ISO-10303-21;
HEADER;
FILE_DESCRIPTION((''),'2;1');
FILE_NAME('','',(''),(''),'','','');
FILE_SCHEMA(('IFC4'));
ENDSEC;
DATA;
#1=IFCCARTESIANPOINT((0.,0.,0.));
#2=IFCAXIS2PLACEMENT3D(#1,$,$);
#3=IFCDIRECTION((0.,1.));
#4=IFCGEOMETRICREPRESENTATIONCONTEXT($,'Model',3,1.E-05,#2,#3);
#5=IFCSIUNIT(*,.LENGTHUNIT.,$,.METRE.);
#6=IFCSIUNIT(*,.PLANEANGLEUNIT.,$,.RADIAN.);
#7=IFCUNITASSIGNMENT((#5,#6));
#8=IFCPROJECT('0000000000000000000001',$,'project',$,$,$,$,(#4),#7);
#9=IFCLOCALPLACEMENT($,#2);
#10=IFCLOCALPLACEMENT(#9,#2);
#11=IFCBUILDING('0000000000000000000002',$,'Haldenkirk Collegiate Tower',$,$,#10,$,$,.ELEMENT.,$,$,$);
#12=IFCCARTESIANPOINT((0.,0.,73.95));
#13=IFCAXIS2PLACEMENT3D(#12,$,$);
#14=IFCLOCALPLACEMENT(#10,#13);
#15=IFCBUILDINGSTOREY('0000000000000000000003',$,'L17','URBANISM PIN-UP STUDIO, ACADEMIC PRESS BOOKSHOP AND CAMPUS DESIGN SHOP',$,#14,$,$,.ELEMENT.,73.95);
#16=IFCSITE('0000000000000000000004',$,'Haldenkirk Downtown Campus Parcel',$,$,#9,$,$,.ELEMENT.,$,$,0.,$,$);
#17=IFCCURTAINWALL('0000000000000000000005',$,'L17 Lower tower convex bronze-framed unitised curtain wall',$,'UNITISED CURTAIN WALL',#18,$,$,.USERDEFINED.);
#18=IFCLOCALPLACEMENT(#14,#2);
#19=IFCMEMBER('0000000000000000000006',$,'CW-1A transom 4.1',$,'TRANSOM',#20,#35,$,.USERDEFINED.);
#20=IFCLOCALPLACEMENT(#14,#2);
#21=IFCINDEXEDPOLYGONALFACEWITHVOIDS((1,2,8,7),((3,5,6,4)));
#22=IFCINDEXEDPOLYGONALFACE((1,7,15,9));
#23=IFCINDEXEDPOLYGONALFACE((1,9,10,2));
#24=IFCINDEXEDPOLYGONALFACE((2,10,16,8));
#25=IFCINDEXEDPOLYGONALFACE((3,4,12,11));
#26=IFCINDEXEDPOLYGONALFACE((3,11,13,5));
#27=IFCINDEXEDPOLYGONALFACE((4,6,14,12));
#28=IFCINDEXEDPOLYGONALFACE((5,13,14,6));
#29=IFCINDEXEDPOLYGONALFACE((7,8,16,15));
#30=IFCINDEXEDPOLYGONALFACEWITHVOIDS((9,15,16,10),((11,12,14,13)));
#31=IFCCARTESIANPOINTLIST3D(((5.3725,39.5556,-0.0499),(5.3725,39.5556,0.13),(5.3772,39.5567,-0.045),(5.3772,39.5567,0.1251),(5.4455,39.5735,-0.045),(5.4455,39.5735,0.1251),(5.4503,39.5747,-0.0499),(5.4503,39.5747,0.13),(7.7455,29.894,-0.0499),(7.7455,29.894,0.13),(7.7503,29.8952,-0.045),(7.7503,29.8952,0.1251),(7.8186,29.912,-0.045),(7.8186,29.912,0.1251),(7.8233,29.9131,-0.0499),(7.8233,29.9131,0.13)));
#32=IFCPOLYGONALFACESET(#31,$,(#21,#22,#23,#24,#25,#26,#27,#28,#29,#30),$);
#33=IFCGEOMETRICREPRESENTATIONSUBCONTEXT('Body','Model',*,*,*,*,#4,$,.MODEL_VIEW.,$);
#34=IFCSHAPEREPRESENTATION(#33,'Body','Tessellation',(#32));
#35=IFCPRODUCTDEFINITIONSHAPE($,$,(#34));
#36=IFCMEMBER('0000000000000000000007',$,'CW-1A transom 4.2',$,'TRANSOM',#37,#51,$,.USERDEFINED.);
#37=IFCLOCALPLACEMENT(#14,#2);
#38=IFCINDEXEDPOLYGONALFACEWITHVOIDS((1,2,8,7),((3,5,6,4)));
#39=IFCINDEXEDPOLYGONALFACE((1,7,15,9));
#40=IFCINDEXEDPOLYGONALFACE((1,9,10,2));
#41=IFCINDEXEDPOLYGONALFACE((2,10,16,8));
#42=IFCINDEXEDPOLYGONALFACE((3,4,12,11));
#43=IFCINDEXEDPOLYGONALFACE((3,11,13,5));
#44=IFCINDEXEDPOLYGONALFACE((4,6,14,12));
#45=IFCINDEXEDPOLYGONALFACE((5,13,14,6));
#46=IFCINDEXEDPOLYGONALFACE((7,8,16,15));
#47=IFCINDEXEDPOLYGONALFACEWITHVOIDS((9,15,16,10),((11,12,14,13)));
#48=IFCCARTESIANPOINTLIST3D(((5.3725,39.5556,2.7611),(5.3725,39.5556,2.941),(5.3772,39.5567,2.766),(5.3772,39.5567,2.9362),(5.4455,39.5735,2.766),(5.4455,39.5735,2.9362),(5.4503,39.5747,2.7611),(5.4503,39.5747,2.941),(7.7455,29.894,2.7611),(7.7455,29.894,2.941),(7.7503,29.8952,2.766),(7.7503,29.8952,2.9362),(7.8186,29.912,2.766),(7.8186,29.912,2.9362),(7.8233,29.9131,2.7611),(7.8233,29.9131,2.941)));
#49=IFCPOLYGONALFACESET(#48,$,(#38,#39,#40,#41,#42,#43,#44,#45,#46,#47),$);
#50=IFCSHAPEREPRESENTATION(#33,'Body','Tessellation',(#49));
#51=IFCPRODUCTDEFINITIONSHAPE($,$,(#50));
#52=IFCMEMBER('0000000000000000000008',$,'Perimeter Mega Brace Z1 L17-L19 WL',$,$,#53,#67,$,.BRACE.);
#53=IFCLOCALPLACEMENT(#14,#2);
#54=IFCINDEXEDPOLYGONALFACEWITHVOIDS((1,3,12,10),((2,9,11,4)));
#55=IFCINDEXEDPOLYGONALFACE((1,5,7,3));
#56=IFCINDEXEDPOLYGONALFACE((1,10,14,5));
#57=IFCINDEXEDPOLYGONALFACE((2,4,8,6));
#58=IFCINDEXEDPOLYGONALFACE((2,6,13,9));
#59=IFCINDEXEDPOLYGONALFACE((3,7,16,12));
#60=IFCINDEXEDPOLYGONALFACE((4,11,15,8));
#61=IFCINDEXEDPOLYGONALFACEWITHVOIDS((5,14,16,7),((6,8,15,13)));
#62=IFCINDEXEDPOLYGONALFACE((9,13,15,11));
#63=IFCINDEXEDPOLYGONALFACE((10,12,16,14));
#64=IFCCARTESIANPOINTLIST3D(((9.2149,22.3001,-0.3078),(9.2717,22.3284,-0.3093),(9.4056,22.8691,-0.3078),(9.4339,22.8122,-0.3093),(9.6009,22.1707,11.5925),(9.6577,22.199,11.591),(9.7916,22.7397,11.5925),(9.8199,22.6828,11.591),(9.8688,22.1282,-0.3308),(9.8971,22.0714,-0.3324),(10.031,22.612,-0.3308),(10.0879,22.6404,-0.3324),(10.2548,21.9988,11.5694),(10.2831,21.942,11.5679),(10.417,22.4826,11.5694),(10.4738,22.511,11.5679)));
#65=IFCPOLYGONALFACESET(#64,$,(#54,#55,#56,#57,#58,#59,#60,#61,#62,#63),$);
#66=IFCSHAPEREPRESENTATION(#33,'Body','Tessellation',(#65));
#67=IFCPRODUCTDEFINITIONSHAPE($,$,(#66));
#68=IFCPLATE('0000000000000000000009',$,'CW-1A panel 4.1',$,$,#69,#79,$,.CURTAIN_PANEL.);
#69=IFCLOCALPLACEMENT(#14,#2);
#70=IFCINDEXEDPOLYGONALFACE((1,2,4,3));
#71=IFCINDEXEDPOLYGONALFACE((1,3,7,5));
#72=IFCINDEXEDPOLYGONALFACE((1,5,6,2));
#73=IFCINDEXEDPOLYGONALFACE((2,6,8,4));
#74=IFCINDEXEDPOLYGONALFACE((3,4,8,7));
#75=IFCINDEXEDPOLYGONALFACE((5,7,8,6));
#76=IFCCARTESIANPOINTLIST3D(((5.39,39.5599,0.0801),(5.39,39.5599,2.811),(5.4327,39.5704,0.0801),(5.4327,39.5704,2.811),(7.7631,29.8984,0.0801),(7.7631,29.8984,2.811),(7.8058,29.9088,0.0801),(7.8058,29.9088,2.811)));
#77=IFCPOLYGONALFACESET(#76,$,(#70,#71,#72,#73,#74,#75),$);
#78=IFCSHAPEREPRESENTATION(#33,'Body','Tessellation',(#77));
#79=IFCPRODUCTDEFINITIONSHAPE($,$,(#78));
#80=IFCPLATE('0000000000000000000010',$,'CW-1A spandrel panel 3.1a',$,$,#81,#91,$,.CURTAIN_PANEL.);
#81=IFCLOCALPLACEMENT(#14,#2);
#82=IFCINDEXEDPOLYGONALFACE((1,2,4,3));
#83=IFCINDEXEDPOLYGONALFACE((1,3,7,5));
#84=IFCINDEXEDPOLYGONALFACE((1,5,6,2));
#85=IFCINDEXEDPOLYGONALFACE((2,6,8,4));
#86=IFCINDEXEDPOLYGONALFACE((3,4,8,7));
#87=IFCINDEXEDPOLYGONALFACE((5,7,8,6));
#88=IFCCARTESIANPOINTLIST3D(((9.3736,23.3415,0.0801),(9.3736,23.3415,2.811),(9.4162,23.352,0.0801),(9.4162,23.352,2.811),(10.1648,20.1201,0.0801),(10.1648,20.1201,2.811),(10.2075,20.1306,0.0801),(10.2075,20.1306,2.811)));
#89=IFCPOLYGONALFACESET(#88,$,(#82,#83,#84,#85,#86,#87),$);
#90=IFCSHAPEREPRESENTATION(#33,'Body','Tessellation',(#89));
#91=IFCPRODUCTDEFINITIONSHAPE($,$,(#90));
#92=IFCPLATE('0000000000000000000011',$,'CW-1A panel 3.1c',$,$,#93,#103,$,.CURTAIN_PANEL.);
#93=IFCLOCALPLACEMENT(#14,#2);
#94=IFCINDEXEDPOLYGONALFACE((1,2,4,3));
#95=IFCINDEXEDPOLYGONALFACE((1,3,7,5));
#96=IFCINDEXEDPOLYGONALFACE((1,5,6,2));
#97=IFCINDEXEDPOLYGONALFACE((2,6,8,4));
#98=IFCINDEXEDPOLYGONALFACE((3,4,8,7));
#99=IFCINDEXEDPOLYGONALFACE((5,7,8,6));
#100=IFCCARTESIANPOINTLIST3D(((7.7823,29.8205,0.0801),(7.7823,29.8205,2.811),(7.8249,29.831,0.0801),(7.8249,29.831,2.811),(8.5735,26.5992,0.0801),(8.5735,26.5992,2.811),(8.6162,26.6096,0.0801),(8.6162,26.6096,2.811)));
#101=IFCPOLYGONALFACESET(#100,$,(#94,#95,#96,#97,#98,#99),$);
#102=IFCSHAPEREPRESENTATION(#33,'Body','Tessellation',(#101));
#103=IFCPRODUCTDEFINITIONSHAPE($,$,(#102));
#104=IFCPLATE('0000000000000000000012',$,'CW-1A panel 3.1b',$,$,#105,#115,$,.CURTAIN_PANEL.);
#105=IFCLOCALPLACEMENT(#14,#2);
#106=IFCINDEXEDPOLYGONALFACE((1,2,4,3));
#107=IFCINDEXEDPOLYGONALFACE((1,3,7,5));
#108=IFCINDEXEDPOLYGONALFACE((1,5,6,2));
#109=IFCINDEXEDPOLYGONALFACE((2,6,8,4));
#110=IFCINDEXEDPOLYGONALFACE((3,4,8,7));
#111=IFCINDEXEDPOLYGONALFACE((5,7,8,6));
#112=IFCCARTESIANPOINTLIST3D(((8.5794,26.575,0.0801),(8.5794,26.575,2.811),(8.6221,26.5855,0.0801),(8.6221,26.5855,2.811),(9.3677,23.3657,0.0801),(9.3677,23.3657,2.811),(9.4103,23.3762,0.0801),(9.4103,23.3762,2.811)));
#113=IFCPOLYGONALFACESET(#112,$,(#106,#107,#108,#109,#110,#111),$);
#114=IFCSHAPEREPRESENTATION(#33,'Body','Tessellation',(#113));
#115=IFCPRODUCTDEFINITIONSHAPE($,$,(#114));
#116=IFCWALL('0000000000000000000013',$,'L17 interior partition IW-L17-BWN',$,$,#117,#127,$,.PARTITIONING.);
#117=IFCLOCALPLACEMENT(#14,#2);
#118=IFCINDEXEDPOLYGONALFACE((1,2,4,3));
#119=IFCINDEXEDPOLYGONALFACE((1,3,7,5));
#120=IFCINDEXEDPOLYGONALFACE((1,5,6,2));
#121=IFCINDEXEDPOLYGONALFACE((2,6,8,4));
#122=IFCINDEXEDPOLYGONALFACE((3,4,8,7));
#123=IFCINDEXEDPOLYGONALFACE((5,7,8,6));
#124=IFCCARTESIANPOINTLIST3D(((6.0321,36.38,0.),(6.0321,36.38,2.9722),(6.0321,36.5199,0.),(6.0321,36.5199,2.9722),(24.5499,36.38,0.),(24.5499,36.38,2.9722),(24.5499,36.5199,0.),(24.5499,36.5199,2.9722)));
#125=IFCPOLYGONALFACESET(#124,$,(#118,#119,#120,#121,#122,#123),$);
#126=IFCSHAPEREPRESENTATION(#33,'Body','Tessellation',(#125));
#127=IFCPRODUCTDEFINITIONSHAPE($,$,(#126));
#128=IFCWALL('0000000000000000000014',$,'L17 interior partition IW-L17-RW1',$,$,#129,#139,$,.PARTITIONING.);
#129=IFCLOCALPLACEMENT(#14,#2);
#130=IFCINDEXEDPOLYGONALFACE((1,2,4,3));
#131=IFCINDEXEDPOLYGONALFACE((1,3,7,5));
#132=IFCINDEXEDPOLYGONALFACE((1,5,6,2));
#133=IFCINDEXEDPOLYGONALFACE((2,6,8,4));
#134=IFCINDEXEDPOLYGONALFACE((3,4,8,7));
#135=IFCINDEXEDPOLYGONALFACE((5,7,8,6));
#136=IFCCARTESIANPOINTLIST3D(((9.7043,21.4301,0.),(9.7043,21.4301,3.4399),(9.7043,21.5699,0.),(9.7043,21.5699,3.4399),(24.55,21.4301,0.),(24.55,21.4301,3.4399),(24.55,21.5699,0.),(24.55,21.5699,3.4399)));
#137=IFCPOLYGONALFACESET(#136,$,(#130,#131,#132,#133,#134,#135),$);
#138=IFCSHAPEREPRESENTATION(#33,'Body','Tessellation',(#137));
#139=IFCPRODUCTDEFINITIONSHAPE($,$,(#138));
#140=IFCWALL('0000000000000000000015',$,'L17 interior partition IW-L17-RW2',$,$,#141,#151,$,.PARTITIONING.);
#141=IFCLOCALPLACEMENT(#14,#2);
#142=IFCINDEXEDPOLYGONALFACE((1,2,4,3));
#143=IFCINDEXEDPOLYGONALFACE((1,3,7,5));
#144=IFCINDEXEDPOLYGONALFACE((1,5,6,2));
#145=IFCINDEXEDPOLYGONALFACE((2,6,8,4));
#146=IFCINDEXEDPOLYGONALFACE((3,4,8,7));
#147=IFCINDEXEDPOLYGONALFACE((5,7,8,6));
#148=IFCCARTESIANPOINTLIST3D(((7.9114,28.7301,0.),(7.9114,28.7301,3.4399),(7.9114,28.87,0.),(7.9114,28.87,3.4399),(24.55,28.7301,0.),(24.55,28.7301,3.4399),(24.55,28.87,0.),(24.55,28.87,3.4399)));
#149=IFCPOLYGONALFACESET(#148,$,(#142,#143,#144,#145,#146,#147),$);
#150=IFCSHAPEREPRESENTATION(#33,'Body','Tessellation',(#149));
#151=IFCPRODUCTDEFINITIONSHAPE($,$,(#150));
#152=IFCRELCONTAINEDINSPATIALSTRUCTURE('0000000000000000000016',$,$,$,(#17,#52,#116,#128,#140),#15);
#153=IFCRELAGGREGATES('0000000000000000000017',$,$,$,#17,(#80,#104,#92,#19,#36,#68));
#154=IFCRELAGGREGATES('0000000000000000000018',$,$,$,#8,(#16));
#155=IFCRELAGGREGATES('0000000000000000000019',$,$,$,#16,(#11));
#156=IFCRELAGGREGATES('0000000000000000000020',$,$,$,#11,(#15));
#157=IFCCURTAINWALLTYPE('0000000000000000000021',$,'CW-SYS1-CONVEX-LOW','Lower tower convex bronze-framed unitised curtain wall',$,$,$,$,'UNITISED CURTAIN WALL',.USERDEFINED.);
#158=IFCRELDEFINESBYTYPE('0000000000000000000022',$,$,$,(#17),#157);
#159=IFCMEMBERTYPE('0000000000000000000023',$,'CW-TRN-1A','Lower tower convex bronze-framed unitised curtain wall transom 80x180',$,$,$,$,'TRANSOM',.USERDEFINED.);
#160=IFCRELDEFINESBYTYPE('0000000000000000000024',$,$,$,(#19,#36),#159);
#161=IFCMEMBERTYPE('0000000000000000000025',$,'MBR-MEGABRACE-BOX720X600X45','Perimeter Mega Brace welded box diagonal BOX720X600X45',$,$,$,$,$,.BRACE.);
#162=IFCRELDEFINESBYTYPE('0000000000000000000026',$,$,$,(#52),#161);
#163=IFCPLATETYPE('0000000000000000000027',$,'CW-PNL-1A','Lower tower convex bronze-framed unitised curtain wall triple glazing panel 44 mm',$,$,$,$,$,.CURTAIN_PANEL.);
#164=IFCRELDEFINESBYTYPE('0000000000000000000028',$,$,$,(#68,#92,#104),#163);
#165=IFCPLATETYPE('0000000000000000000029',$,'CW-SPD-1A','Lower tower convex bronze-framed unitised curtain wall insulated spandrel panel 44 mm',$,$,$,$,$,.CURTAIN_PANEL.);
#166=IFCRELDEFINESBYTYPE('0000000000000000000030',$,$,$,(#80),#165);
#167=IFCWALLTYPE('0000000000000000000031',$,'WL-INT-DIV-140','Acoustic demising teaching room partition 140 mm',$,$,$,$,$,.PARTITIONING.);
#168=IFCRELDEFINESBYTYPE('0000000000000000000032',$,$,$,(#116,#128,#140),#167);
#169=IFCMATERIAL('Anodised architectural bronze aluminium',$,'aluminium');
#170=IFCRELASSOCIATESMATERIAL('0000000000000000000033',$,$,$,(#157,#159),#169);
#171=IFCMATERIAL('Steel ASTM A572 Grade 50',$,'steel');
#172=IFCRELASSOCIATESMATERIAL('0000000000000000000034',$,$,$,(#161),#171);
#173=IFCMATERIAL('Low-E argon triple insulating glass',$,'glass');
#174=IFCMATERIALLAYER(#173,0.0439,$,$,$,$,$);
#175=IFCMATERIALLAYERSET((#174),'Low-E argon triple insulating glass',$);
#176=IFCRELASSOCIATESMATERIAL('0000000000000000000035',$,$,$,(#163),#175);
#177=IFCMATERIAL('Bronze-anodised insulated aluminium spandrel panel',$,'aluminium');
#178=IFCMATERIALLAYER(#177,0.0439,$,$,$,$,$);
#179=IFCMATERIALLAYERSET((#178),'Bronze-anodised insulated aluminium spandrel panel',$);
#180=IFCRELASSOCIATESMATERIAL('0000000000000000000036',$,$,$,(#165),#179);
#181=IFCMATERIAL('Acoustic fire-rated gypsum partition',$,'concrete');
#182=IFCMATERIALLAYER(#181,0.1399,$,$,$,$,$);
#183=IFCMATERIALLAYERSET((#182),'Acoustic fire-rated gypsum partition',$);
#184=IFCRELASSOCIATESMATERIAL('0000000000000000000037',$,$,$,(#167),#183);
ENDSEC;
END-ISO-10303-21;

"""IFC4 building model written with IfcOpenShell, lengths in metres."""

from ifc_helpers import new_model, si_unit, direction, frame, frame_2d, origin, origin_2d, place, context, subcontext, project, spatial, rectangle, hollow_rectangle, extrude, source, transform, mapped, material, layer, layer_set, material_profile, profile_set, type_object, element, aggregate, save


model = new_model("IFC4")

# Units and contexts
model_context = context("Model", 3, precision=1e-05, world=origin(), true_north=direction((0.0, 1.0)))
body_context = subcontext(model_context, "Body", "Model", "MODEL_VIEW")
ifc_project = project(units=[si_unit("LENGTHUNIT", "METRE"), si_unit("PLANEANGLEUNIT", "RADIAN")], contexts=[model_context])

# Site, building, storey
site_placement = place(None, origin())
site = spatial("IfcSite", under=ifc_project, at=site_placement, Name="Haldenkirk Downtown Campus Parcel", CompositionType="ELEMENT", RefElevation=0.0)
building_placement = place(site_placement, origin())
building = spatial("IfcBuilding", under=site, at=building_placement, Name="Haldenkirk Collegiate Tower", CompositionType="ELEMENT")
storey_placement = place(building_placement, frame((0.0, 0.0, 73.95)))
storey = spatial("IfcBuildingStorey", under=building, at=storey_placement, Name="L17", Description="URBANISM PIN-UP STUDIO, ACADEMIC PRESS BOOKSHOP AND CAMPUS DESIGN SHOP", CompositionType="ELEMENT", Elevation=73.95)

# Curtain wall, members
ifc_material_1 = material(Name="Anodised architectural bronze aluminium", Category="aluminium")
curtain_wall_type = type_object("IfcCurtainWallType", Name="CW-SYS1-CONVEX-LOW", Description="Lower tower convex bronze-framed unitised curtain wall", ElementType="UNITISED CURTAIN WALL", PredefinedType="USERDEFINED", material=ifc_material_1)
curtain_wall_placement = place(storey_placement, origin())
curtain_wall = element("IfcCurtainWall", 1, at=curtain_wall_placement, inside=storey, type_object=curtain_wall_type, Name="L17 Lower tower convex bronze-framed unitised curtain wall", ObjectType="UNITISED CURTAIN WALL", PredefinedType="USERDEFINED")
ifc_material_profile_1 = material_profile(ifc_material_1, hollow_rectangle(XDim=0.0801, YDim=0.1799, WallThickness=0.0049, at=origin_2d()), Name="CW-TRN-1A")
ifc_profile_set_1 = profile_set([ifc_material_profile_1], Name="Anodised architectural bronze aluminium")
member_type_1 = type_object("IfcMemberType", Name="CW-TRN-1A", Description="Lower tower convex bronze-framed unitised curtain wall transom 80x180", ElementType="TRANSOM", PredefinedType="USERDEFINED", material=ifc_profile_set_1)
member_1_placement = place(storey_placement, frame((7.7844, 29.9036, 0.04), z_axis=(-0.238526, 0.971136, 0.0), x_axis=(-0.971136, -0.238526, 0.0)))
member_1 = element("IfcMember", 2, at=member_1_placement, type_object=member_type_1, Name="CW-1A transom 4.1", ObjectType="TRANSOM", PredefinedType="USERDEFINED", context=body_context, shape_type="SweptSolid", body=[
    extrude(hollow_rectangle(XDim=0.0801, YDim=0.1799, WallThickness=0.0049, at=origin_2d()), origin(), (0.0, 0.0, 1.0), 9.9487),
])
member_2_placement = place(storey_placement, frame((7.7844, 29.9036, 2.8511), z_axis=(-0.238526, 0.971136, 0.0), x_axis=(-0.971136, -0.238526, 0.0)))
member_2 = element("IfcMember", 3, at=member_2_placement, type_object=member_type_1, Name="CW-1A transom 4.2", ObjectType="TRANSOM", PredefinedType="USERDEFINED", context=body_context, shape_type="SweptSolid", body=[
    extrude(hollow_rectangle(XDim=0.0801, YDim=0.1799, WallThickness=0.0049, at=origin_2d()), origin(), (0.0, 0.0, 1.0), 9.9487),
])

# Member
ifc_material_2 = material(Name="Steel ASTM A572 Grade 50", Category="steel")
ifc_material_profile_2 = material_profile(ifc_material_2, hollow_rectangle(XDim=0.6001, YDim=0.72, WallThickness=0.0449, at=origin_2d()), Name="BOX720X600X45")
ifc_profile_set_2 = profile_set([ifc_material_profile_2], Name="Steel ASTM A572 Grade 50")
member_type_2 = type_object("IfcMemberType", Name="MBR-MEGABRACE-BOX720X600X45", Description="Perimeter Mega Brace welded box diagonal BOX720X600X45", PredefinedType="BRACE", material=ifc_profile_set_2)
member_3_placement = place(storey_placement, frame((9.6514, 22.4702, -0.3201), z_axis=(0.032416, -0.010867, 0.999415), x_axis=(0.317847, 0.948142, 0.0)))
element("IfcMember", 4, at=member_3_placement, inside=storey, type_object=member_type_2, Name="Perimeter Mega Brace Z1 L17-L19 WL", PredefinedType="BRACE", context=body_context, shape_type="SweptSolid", body=[
    extrude(hollow_rectangle(XDim=0.6001, YDim=0.72, WallThickness=0.0449, at=origin_2d()), origin(), (0.0, 0.0, 1.0), 11.9072),
])

# Plates
ifc_material_3 = material(Name="Low-E argon triple insulating glass", Category="glass")
ifc_layer_1 = layer(ifc_material_3, 0.0439)
ifc_layer_set_1 = layer_set([ifc_layer_1], Name="Low-E argon triple insulating glass")
plate_type_1 = type_object("IfcPlateType", Name="CW-PNL-1A", Description="Lower tower convex bronze-framed unitised curtain wall triple glazing panel 44 mm", PredefinedType="CURTAIN_PANEL", material=ifc_layer_set_1)
shared_shape_1 = source(origin(), body_context, "Body", "SweptSolid", [
    extrude(rectangle(XDim=9.9487, YDim=0.0439, at=origin_2d()), origin(), (0.0, 0.0, 1.0), 2.731),
])
plate_1_placement = place(storey_placement, frame((6.5979, 34.7344, 0.0801), z_axis=(0.0, 0.0, 1.0), x_axis=(-0.238532, 0.971135, 0.0)))
plate_1 = element("IfcPlate", 5, at=plate_1_placement, type_object=plate_type_1, Name="CW-1A panel 4.1", PredefinedType="CURTAIN_PANEL", context=body_context, shape_type="MappedRepresentation", body=[
    mapped(shared_shape_1, transform((0.0, 0.0, 0.0), x_axis=(1.0, 0.0, 0.0), y_axis=(0.0, 1.0, 0.0), z_axis=(0.0, 0.0, 1.0), scale=1.0)),
])
ifc_material_4 = material(Name="Bronze-anodised insulated aluminium spandrel panel", Category="aluminium")
ifc_layer_2 = layer(ifc_material_4, 0.0439)
ifc_layer_set_2 = layer_set([ifc_layer_2], Name="Bronze-anodised insulated aluminium spandrel panel")
plate_type_2 = type_object("IfcPlateType", Name="CW-SPD-1A", Description="Lower tower convex bronze-framed unitised curtain wall insulated spandrel panel 44 mm", PredefinedType="CURTAIN_PANEL", material=ifc_layer_set_2)
shared_shape_2 = source(origin(), body_context, "Body", "SweptSolid", [
    extrude(rectangle(XDim=3.3171, YDim=0.0439, at=origin_2d()), origin(), (0.0, 0.0, 1.0), 2.731),
])
plate_2_placement = place(storey_placement, frame((9.7905, 21.7361, 0.0801), z_axis=(0.0, 0.0, 1.0), x_axis=(-0.238532, 0.971135, 0.0)))
plate_2 = element("IfcPlate", 6, at=plate_2_placement, type_object=plate_type_2, Name="CW-1A spandrel panel 3.1a", PredefinedType="CURTAIN_PANEL", context=body_context, shape_type="MappedRepresentation", body=[
    mapped(shared_shape_2, transform((0.0, 0.0, 0.0), x_axis=(1.0, 0.0, 0.0), y_axis=(0.0, 1.0, 0.0), z_axis=(0.0, 0.0, 1.0), scale=1.0)),
])
plate_3_placement = place(storey_placement, frame((8.1992, 28.2151, 0.0801), z_axis=(0.0, 0.0, 1.0), x_axis=(-0.238532, 0.971135, 0.0)))
plate_3 = element("IfcPlate", 7, at=plate_3_placement, type_object=plate_type_1, Name="CW-1A panel 3.1c", PredefinedType="CURTAIN_PANEL", context=body_context, shape_type="MappedRepresentation", body=[
    mapped(shared_shape_2, transform((0.0, 0.0, 0.0), x_axis=(1.0, 0.0, 0.0), y_axis=(0.0, 1.0, 0.0), z_axis=(0.0, 0.0, 1.0), scale=1.0)),
])
shared_shape_3 = source(origin(), body_context, "Body", "SweptSolid", [
    extrude(rectangle(XDim=3.3047, YDim=0.0439, at=origin_2d()), origin(), (0.0, 0.0, 1.0), 2.731),
])
plate_4_placement = place(storey_placement, frame((8.9949, 24.9756, 0.0801), z_axis=(0.0, 0.0, 1.0), x_axis=(-0.238532, 0.971135, 0.0)))
plate_4 = element("IfcPlate", 8, at=plate_4_placement, type_object=plate_type_1, Name="CW-1A panel 3.1b", PredefinedType="CURTAIN_PANEL", context=body_context, shape_type="MappedRepresentation", body=[
    mapped(shared_shape_3, transform((0.0, 0.0, 0.0), x_axis=(1.0, 0.0, 0.0), y_axis=(0.0, 1.0, 0.0), z_axis=(0.0, 0.0, 1.0), scale=1.0)),
])
aggregate(curtain_wall, [plate_2, plate_4, plate_3, member_1, member_2, plate_1])

# Walls
ifc_material_5 = material(Name="Acoustic fire-rated gypsum partition", Category="concrete")
ifc_layer_3 = layer(ifc_material_5, 0.1399)
ifc_layer_set_3 = layer_set([ifc_layer_3], Name="Acoustic fire-rated gypsum partition")
wall_type = type_object("IfcWallType", Name="WL-INT-DIV-140", Description="Acoustic demising teaching room partition 140 mm", PredefinedType="PARTITIONING", material=ifc_layer_set_3)
wall_1_placement = place(storey_placement, frame((6.0322, 36.45, 0.0), z_axis=(0.0, 0.0, 1.0), x_axis=(1.0, 0.0, 0.0)))
element("IfcWall", 9, at=wall_1_placement, inside=storey, type_object=wall_type, Name="L17 interior partition IW-L17-BWN", PredefinedType="PARTITIONING", context=body_context, shape_type="SweptSolid", body=[
    extrude(rectangle(XDim=18.5178, YDim=0.1399, at=frame_2d((9.2588, 0.0))), origin(), (0.0, 0.0, 1.0), 2.9722),
])
wall_2_placement = place(storey_placement, frame((9.7043, 21.5, 0.0), z_axis=(0.0, 0.0, 1.0), x_axis=(1.0, 0.0, 0.0)))
element("IfcWall", 10, at=wall_2_placement, inside=storey, type_object=wall_type, Name="L17 interior partition IW-L17-RW1", PredefinedType="PARTITIONING", context=body_context, shape_type="SweptSolid", body=[
    extrude(rectangle(XDim=14.8457, YDim=0.1399, at=frame_2d((7.4229, 0.0))), origin(), (0.0, 0.0, 1.0), 3.4399),
])
wall_3_placement = place(storey_placement, frame((7.9114, 28.8, 0.0), z_axis=(0.0, 0.0, 1.0), x_axis=(1.0, 0.0, 0.0)))
element("IfcWall", 11, at=wall_3_placement, inside=storey, type_object=wall_type, Name="L17 interior partition IW-L17-RW2", PredefinedType="PARTITIONING", context=body_context, shape_type="SweptSolid", body=[
    extrude(rectangle(XDim=16.6387, YDim=0.1399, at=frame_2d((8.3193, 0.0))), origin(), (0.0, 0.0, 1.0), 3.4399),
])

save(model, "model.ifc")
